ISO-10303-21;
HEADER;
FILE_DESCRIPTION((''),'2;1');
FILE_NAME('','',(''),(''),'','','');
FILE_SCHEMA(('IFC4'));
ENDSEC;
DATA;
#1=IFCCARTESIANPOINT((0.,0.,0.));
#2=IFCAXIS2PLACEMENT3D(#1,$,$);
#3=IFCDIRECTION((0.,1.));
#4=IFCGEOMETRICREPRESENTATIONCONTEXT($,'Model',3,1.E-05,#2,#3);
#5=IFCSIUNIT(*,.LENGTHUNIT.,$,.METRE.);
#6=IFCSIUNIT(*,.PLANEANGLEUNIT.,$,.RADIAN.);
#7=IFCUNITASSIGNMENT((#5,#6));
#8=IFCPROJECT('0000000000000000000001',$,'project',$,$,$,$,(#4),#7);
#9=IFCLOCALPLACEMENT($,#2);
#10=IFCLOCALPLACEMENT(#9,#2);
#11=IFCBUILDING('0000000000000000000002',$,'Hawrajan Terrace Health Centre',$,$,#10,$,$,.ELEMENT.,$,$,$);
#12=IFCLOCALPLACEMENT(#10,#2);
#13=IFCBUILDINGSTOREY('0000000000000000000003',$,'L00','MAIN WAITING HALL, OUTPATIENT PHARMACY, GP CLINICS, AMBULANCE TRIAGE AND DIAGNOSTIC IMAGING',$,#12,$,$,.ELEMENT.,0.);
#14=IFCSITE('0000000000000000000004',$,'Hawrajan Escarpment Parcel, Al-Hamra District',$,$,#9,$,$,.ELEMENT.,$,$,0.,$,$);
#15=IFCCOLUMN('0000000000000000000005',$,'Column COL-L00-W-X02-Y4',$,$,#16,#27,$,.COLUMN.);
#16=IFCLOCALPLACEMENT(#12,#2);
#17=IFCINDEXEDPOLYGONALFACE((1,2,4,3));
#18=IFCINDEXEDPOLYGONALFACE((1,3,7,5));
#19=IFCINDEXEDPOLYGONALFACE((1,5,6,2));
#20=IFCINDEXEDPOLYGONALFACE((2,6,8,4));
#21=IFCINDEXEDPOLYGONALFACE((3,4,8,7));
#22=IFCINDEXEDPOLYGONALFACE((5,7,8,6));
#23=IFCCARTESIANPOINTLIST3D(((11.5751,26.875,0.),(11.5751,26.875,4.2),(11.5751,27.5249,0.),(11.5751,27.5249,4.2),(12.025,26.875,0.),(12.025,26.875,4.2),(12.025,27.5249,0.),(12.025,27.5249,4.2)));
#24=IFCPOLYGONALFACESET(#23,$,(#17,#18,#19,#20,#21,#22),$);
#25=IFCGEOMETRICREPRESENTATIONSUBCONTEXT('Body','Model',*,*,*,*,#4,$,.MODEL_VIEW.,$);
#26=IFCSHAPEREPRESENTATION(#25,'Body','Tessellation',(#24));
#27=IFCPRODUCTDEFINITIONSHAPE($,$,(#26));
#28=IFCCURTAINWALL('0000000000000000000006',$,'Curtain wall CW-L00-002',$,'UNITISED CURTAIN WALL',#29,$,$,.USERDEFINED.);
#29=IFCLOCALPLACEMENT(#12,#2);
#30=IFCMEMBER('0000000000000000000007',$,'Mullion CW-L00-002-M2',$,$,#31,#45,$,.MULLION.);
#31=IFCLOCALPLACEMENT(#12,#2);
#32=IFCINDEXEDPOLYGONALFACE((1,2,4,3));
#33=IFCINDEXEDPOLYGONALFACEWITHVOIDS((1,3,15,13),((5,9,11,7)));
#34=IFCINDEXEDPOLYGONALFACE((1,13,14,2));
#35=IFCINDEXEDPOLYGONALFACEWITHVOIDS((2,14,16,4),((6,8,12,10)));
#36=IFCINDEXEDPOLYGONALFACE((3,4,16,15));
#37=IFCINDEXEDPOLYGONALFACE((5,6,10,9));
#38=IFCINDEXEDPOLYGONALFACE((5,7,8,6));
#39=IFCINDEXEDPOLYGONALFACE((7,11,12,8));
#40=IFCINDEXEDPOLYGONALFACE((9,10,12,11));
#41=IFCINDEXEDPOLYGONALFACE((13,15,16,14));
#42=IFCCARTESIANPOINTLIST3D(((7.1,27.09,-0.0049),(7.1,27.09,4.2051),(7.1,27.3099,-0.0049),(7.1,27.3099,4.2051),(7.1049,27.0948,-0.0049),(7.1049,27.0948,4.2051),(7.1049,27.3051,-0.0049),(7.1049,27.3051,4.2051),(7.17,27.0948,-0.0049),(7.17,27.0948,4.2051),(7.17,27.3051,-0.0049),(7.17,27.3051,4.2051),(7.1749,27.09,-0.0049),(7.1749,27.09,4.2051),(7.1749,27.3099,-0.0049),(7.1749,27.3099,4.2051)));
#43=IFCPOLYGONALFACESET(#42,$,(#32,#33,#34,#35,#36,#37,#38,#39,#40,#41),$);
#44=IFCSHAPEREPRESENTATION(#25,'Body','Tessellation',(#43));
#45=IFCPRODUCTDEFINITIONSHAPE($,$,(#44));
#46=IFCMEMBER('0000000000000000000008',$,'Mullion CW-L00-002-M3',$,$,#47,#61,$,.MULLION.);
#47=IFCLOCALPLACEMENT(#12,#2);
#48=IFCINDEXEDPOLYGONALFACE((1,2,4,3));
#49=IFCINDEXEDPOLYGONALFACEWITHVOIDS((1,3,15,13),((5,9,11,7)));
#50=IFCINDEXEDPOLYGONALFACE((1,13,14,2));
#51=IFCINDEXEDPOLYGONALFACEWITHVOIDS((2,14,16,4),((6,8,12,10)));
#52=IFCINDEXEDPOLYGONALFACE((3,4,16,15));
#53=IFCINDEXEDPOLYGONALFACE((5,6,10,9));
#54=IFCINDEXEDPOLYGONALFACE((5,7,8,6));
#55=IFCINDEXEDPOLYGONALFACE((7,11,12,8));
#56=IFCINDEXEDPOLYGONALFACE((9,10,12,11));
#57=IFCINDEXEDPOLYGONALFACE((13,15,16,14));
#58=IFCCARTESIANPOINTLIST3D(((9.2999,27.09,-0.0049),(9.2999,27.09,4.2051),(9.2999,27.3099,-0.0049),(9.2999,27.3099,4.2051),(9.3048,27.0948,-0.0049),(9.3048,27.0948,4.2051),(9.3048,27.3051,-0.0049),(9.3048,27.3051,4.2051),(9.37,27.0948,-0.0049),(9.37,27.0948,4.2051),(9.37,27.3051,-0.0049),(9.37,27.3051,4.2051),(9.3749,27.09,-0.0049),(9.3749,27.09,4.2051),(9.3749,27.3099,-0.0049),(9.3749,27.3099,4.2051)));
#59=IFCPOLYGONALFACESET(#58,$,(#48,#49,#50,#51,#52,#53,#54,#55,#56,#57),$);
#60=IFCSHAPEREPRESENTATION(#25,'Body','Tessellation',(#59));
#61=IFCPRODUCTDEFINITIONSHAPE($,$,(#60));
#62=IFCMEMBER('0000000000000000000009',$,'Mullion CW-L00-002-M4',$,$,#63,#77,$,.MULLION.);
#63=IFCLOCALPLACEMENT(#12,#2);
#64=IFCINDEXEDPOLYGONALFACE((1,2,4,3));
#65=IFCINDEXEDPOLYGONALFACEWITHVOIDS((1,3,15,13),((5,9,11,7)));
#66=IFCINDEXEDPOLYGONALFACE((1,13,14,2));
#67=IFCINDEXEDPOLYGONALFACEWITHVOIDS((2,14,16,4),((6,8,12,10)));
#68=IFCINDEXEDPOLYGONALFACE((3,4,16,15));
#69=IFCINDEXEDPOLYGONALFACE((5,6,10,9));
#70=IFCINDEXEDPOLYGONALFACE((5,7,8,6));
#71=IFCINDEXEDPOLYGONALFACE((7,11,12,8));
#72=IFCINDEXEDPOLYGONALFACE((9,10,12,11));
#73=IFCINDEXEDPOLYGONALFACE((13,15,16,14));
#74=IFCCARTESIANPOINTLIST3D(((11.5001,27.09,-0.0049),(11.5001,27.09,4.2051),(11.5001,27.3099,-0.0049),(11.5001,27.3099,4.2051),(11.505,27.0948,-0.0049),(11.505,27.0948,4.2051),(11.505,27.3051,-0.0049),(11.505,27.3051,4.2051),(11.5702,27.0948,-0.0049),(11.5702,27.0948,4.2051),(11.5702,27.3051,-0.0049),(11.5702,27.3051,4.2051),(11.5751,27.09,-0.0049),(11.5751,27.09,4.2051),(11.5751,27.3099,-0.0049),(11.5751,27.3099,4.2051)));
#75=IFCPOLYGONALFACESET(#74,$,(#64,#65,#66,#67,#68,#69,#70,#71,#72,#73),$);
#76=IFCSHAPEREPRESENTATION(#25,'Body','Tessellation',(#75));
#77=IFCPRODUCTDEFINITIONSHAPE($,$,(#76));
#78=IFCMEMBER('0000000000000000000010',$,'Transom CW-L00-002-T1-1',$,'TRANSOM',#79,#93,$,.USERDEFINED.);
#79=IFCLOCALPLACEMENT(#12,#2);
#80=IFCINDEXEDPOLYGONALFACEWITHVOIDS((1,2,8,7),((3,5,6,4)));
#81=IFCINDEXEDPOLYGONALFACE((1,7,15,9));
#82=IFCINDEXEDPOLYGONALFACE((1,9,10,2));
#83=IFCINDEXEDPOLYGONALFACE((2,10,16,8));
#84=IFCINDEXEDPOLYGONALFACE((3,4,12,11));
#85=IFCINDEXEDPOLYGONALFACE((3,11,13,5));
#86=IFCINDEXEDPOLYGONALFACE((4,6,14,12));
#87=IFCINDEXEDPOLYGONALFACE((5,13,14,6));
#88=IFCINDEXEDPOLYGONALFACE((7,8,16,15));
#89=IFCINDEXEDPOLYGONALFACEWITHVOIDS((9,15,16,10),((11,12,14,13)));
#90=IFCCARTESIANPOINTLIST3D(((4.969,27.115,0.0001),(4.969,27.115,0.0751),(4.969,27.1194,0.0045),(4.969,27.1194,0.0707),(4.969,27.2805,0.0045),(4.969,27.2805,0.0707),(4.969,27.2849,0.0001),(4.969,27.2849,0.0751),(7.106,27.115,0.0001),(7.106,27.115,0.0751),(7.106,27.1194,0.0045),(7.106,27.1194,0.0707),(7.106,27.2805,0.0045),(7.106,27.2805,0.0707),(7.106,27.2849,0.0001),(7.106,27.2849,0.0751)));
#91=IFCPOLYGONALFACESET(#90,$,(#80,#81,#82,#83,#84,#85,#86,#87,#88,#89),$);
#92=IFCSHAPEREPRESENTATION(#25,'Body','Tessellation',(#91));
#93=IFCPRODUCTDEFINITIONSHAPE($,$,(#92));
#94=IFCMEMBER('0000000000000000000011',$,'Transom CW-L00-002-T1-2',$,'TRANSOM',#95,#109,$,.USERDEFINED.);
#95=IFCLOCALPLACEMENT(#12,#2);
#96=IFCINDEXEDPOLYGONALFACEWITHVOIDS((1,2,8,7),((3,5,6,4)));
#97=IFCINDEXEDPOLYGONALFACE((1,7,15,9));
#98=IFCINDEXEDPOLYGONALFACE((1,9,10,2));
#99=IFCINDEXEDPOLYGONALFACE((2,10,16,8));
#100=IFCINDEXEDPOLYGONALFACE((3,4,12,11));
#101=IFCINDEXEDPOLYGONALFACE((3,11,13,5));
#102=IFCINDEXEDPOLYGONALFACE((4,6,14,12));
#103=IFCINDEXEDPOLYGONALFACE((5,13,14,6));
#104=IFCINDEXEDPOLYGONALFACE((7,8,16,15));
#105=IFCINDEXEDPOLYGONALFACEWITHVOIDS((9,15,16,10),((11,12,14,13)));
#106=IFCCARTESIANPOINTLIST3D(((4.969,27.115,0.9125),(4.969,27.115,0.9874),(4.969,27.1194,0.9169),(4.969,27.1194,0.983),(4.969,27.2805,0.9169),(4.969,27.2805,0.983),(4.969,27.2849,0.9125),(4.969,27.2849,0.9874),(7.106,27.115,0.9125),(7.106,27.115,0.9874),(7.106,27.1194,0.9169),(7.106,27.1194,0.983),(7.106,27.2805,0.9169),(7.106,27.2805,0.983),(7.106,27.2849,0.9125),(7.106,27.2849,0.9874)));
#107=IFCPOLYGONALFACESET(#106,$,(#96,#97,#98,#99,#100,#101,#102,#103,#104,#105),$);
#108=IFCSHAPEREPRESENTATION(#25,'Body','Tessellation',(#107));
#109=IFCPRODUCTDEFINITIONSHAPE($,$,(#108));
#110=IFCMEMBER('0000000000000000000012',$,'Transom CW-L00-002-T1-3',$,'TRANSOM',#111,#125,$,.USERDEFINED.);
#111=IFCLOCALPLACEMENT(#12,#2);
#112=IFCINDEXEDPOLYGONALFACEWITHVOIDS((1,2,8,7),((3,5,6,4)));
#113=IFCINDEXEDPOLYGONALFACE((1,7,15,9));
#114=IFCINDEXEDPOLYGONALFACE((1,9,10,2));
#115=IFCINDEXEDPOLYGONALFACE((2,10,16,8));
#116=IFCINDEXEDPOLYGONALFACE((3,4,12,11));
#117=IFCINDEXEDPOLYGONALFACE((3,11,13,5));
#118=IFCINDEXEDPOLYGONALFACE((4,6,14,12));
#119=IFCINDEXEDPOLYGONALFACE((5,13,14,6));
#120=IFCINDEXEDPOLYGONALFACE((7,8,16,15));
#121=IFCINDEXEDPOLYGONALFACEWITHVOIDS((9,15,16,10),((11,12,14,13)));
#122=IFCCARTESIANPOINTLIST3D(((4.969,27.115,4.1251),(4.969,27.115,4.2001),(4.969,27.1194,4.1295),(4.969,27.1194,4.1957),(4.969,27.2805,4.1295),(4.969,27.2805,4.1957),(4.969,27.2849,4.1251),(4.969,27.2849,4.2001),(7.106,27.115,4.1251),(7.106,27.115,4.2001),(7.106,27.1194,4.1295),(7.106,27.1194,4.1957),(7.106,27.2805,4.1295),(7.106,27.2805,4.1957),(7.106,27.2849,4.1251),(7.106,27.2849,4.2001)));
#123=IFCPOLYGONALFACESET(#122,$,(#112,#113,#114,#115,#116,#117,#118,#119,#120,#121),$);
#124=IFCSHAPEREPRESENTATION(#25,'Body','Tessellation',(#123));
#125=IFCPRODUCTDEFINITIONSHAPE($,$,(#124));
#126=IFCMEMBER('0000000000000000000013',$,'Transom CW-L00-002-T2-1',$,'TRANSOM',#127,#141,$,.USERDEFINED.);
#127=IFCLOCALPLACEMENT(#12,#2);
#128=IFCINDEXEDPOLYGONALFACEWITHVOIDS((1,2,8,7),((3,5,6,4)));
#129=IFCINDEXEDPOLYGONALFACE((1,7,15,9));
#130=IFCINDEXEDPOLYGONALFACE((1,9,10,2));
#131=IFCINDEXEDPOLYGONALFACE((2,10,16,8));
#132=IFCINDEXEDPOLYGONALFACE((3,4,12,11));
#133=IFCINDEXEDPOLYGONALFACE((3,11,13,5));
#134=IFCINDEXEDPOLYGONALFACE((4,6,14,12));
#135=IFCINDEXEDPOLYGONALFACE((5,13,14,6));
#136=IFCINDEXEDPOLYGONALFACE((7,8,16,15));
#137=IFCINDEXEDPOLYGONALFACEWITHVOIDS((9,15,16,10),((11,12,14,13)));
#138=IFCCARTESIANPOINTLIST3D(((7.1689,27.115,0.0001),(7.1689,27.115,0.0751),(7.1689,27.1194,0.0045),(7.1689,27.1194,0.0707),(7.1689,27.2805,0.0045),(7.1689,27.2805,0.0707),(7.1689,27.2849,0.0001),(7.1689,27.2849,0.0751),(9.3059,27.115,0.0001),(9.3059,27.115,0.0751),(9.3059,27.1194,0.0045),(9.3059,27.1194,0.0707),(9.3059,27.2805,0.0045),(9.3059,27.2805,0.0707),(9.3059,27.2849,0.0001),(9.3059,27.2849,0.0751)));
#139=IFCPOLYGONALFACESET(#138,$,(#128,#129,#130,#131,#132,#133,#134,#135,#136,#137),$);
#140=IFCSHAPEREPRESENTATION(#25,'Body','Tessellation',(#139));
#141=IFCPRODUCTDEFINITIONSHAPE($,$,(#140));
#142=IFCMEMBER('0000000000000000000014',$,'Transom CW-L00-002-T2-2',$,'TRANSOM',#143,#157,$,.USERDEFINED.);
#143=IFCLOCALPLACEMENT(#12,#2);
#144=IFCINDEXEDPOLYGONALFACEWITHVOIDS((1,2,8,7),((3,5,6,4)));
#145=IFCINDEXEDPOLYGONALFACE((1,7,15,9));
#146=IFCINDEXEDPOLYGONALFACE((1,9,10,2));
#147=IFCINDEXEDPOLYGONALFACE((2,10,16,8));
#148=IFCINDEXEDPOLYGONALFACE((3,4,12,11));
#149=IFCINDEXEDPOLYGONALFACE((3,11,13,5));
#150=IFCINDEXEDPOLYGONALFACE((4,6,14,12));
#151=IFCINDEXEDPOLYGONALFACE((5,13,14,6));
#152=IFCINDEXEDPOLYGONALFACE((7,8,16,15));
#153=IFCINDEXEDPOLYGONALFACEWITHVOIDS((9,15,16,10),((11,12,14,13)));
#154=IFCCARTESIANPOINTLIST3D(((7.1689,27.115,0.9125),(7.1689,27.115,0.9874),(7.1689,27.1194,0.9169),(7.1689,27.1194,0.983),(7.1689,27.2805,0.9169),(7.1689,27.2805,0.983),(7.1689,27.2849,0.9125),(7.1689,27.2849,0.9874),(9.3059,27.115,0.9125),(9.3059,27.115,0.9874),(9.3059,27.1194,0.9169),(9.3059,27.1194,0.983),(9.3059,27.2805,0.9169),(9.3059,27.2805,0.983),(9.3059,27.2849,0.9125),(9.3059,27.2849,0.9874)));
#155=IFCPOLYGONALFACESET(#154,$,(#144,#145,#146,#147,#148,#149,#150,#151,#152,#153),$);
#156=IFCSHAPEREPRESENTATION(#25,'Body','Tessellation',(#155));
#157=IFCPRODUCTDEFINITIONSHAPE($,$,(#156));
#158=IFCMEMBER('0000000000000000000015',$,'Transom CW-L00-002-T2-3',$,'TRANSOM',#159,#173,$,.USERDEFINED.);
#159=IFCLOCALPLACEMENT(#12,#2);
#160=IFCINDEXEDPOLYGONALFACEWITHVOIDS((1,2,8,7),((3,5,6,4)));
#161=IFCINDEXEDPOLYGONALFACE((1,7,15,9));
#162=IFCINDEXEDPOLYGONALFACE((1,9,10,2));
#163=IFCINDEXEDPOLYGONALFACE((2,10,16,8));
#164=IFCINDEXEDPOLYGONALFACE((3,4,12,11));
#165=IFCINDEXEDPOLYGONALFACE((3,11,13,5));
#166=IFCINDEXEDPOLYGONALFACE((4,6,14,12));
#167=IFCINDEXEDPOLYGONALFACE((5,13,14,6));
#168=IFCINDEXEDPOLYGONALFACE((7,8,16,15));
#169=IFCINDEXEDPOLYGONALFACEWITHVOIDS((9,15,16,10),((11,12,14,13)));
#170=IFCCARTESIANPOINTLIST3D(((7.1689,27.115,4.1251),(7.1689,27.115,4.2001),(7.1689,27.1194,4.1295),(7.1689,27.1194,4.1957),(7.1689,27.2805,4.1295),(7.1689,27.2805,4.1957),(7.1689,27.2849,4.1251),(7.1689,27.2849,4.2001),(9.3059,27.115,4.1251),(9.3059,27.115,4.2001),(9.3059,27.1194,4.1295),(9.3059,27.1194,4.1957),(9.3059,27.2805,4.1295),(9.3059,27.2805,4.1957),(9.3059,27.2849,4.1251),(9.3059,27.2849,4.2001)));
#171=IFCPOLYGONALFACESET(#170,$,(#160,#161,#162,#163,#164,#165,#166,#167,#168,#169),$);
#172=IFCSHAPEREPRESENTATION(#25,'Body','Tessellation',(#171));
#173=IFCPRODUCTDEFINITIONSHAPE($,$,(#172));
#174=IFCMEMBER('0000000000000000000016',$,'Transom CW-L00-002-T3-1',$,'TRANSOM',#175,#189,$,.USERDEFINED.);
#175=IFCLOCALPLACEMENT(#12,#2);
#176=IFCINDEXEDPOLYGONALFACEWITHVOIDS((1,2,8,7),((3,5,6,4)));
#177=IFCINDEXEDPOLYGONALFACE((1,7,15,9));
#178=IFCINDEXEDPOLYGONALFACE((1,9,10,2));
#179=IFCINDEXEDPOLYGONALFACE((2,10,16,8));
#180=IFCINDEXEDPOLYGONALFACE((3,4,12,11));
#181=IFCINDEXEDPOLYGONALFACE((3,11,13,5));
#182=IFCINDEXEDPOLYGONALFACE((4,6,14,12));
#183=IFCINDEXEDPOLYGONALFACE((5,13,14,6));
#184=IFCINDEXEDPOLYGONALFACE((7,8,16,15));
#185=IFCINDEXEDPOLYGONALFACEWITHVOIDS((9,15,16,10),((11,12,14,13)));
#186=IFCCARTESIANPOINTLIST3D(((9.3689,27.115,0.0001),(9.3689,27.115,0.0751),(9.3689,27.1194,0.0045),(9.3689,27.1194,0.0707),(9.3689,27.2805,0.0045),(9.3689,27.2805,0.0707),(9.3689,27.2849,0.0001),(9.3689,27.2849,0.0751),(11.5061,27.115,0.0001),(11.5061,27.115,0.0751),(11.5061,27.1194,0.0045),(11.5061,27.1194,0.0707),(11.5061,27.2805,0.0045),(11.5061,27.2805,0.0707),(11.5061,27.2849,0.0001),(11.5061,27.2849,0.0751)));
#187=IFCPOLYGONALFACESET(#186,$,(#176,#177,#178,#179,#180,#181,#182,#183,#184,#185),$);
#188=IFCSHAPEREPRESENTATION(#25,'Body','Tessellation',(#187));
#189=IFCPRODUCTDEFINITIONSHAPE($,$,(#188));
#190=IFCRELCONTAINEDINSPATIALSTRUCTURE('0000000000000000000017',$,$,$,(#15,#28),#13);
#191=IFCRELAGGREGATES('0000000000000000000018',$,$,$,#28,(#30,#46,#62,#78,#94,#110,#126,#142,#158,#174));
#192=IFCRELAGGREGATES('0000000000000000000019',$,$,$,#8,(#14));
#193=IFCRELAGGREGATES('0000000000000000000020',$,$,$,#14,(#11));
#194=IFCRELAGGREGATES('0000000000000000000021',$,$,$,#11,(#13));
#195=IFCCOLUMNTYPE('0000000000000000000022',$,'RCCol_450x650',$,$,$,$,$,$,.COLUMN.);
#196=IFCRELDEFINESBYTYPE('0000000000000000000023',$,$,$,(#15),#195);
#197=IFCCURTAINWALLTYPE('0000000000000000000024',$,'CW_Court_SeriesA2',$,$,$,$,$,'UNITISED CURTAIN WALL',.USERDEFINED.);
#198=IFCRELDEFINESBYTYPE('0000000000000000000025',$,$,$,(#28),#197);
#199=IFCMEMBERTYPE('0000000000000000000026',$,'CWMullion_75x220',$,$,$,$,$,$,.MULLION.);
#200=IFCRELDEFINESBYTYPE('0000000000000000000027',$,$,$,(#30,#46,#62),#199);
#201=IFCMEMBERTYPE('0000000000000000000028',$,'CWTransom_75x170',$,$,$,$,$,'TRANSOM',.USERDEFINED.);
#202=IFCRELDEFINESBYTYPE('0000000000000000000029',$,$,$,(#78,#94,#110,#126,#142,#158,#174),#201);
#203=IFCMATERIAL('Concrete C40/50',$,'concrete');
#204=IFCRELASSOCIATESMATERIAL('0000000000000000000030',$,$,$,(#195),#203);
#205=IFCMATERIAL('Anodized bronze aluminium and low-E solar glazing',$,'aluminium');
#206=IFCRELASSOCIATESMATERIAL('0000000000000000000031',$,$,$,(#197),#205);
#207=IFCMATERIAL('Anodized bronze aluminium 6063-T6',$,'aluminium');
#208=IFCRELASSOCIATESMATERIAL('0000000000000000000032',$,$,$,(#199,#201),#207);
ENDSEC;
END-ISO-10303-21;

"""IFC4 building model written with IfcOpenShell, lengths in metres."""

from ifc_helpers import new_model, si_unit, direction, frame, origin, origin_2d, place, context, subcontext, project, spatial, rectangle, hollow_rectangle, extrude, material, material_profile, profile_set, type_object, element, aggregate, save


model = new_model("IFC4")

# Units and contexts
model_context = context("Model", 3, precision=1e-05, world=origin(), true_north=direction((0.0, 1.0)))
body_context = subcontext(model_context, "Body", "Model", "MODEL_VIEW")
ifc_project = project(units=[si_unit("LENGTHUNIT", "METRE"), si_unit("PLANEANGLEUNIT", "RADIAN")], contexts=[model_context])

# Site, building, storey
site_placement = place(None, origin())
site = spatial("IfcSite", under=ifc_project, at=site_placement, Name="Hawrajan Escarpment Parcel, Al-Hamra District", CompositionType="ELEMENT", RefElevation=0.0)
building_placement = place(site_placement, origin())
building = spatial("IfcBuilding", under=site, at=building_placement, Name="Hawrajan Terrace Health Centre", CompositionType="ELEMENT")
storey_placement = place(building_placement, origin())
storey = spatial("IfcBuildingStorey", under=building, at=storey_placement, Name="L00", Description="MAIN WAITING HALL, OUTPATIENT PHARMACY, GP CLINICS, AMBULANCE TRIAGE AND DIAGNOSTIC IMAGING", CompositionType="ELEMENT", Elevation=0.0)

# Column
ifc_material_1 = material(Name="Concrete C40/50", Category="concrete")
ifc_material_profile_1 = material_profile(ifc_material_1, rectangle(XDim=0.45, YDim=0.6499, at=origin_2d()), Name="RC 450x650")
ifc_profile_set_1 = profile_set([ifc_material_profile_1], Name="Concrete C40/50")
column_type = type_object("IfcColumnType", Name="RCCol_450x650", PredefinedType="COLUMN", material=ifc_profile_set_1)
column_placement = place(storey_placement, frame((11.8, 27.2, 0.0), z_axis=(0.0, 0.0, 1.0), x_axis=(1.0, 0.0, 0.0)))
element("IfcColumn", 1, at=column_placement, inside=storey, type_object=column_type, Name="Column COL-L00-W-X02-Y4", PredefinedType="COLUMN", context=body_context, shape_type="SweptSolid", body=[
    extrude(rectangle(XDim=0.45, YDim=0.6499, at=origin_2d()), origin(), (0.0, 0.0, 1.0), 4.2),
])

# Curtain wall, members
ifc_material_2 = material(Name="Anodized bronze aluminium and low-E solar glazing", Category="aluminium")
curtain_wall_type = type_object("IfcCurtainWallType", Name="CW_Court_SeriesA2", ElementType="UNITISED CURTAIN WALL", PredefinedType="USERDEFINED", material=ifc_material_2)
curtain_wall_placement = place(storey_placement, origin())
curtain_wall = element("IfcCurtainWall", 2, at=curtain_wall_placement, inside=storey, type_object=curtain_wall_type, Name="Curtain wall CW-L00-002", ObjectType="UNITISED CURTAIN WALL", PredefinedType="USERDEFINED")
ifc_material_3 = material(Name="Anodized bronze aluminium 6063-T6", Category="aluminium")
ifc_material_profile_2 = material_profile(ifc_material_3, hollow_rectangle(XDim=0.075, YDim=0.22, WallThickness=0.0049, at=origin_2d()), Name="CW MUL 75x220")
ifc_profile_set_2 = profile_set([ifc_material_profile_2], Name="Anodized bronze aluminium 6063-T6")
member_type_1 = type_object("IfcMemberType", Name="CWMullion_75x220", PredefinedType="MULLION", material=ifc_profile_set_2)
member_1_placement = place(storey_placement, frame((7.1375, 27.2, -0.0049), z_axis=(0.0, 0.0, 1.0), x_axis=(1.0, 0.0, 0.0)))
member_1 = element("IfcMember", 3, at=member_1_placement, type_object=member_type_1, Name="Mullion CW-L00-002-M2", PredefinedType="MULLION", context=body_context, shape_type="SweptSolid", body=[
    extrude(hollow_rectangle(XDim=0.075, YDim=0.22, WallThickness=0.0049, at=origin_2d()), origin(), (0.0, 0.0, 1.0), 4.21),
])
member_2_placement = place(storey_placement, frame((9.3374, 27.2, -0.0049), z_axis=(0.0, 0.0, 1.0), x_axis=(1.0, 0.0, 0.0)))
member_2 = element("IfcMember", 4, at=member_2_placement, type_object=member_type_1, Name="Mullion CW-L00-002-M3", PredefinedType="MULLION", context=body_context, shape_type="SweptSolid", body=[
    extrude(hollow_rectangle(XDim=0.075, YDim=0.22, WallThickness=0.0049, at=origin_2d()), origin(), (0.0, 0.0, 1.0), 4.21),
])
member_3_placement = place(storey_placement, frame((11.5376, 27.2, -0.0049), z_axis=(0.0, 0.0, 1.0), x_axis=(1.0, 0.0, 0.0)))
member_3 = element("IfcMember", 5, at=member_3_placement, type_object=member_type_1, Name="Mullion CW-L00-002-M4", PredefinedType="MULLION", context=body_context, shape_type="SweptSolid", body=[
    extrude(hollow_rectangle(XDim=0.075, YDim=0.22, WallThickness=0.0049, at=origin_2d()), origin(), (0.0, 0.0, 1.0), 4.21),
])
ifc_material_profile_3 = material_profile(ifc_material_3, hollow_rectangle(XDim=0.075, YDim=0.1699, WallThickness=0.0044, at=origin_2d()), Name="CW TRN 75x170")
ifc_profile_set_3 = profile_set([ifc_material_profile_3], Name="Anodized bronze aluminium 6063-T6")
member_type_2 = type_object("IfcMemberType", Name="CWTransom_75x170", ElementType="TRANSOM", PredefinedType="USERDEFINED", material=ifc_profile_set_3)
member_4_placement = place(storey_placement, frame((4.969, 27.2, 0.0376), z_axis=(1.0, 0.0, 0.0), x_axis=(0.0, 0.0, 1.0)))
member_4 = element("IfcMember", 6, at=member_4_placement, type_object=member_type_2, Name="Transom CW-L00-002-T1-1", ObjectType="TRANSOM", PredefinedType="USERDEFINED", context=body_context, shape_type="SweptSolid", body=[
    extrude(hollow_rectangle(XDim=0.075, YDim=0.1699, WallThickness=0.0044, at=origin_2d()), origin(), (0.0, 0.0, 1.0), 2.137),
])
member_5_placement = place(storey_placement, frame((4.969, 27.2, 0.95), z_axis=(1.0, 0.0, 0.0), x_axis=(0.0, 0.0, 1.0)))
member_5 = element("IfcMember", 7, at=member_5_placement, type_object=member_type_2, Name="Transom CW-L00-002-T1-2", ObjectType="TRANSOM", PredefinedType="USERDEFINED", context=body_context, shape_type="SweptSolid", body=[
    extrude(hollow_rectangle(XDim=0.075, YDim=0.1699, WallThickness=0.0044, at=origin_2d()), origin(), (0.0, 0.0, 1.0), 2.137),
])
member_6_placement = place(storey_placement, frame((4.969, 27.2, 4.1626), z_axis=(1.0, 0.0, 0.0), x_axis=(0.0, 0.0, 1.0)))
member_6 = element("IfcMember", 8, at=member_6_placement, type_object=member_type_2, Name="Transom CW-L00-002-T1-3", ObjectType="TRANSOM", PredefinedType="USERDEFINED", context=body_context, shape_type="SweptSolid", body=[
    extrude(hollow_rectangle(XDim=0.075, YDim=0.1699, WallThickness=0.0044, at=origin_2d()), origin(), (0.0, 0.0, 1.0), 2.137),
])
member_7_placement = place(storey_placement, frame((7.1689, 27.2, 0.0376), z_axis=(1.0, 0.0, 0.0), x_axis=(0.0, 0.0, 1.0)))
member_7 = element("IfcMember", 9, at=member_7_placement, type_object=member_type_2, Name="Transom CW-L00-002-T2-1", ObjectType="TRANSOM", PredefinedType="USERDEFINED", context=body_context, shape_type="SweptSolid", body=[
    extrude(hollow_rectangle(XDim=0.075, YDim=0.1699, WallThickness=0.0044, at=origin_2d()), origin(), (0.0, 0.0, 1.0), 2.137),
])
member_8_placement = place(storey_placement, frame((7.1689, 27.2, 0.95), z_axis=(1.0, 0.0, 0.0), x_axis=(0.0, 0.0, 1.0)))
member_8 = element("IfcMember", 10, at=member_8_placement, type_object=member_type_2, Name="Transom CW-L00-002-T2-2", ObjectType="TRANSOM", PredefinedType="USERDEFINED", context=body_context, shape_type="SweptSolid", body=[
    extrude(hollow_rectangle(XDim=0.075, YDim=0.1699, WallThickness=0.0044, at=origin_2d()), origin(), (0.0, 0.0, 1.0), 2.137),
])
member_9_placement = place(storey_placement, frame((7.1689, 27.2, 4.1626), z_axis=(1.0, 0.0, 0.0), x_axis=(0.0, 0.0, 1.0)))
member_9 = element("IfcMember", 11, at=member_9_placement, type_object=member_type_2, Name="Transom CW-L00-002-T2-3", ObjectType="TRANSOM", PredefinedType="USERDEFINED", context=body_context, shape_type="SweptSolid", body=[
    extrude(hollow_rectangle(XDim=0.075, YDim=0.1699, WallThickness=0.0044, at=origin_2d()), origin(), (0.0, 0.0, 1.0), 2.137),
])
member_10_placement = place(storey_placement, frame((9.3689, 27.2, 0.0376), z_axis=(1.0, 0.0, 0.0), x_axis=(0.0, 0.0, 1.0)))
member_10 = element("IfcMember", 12, at=member_10_placement, type_object=member_type_2, Name="Transom CW-L00-002-T3-1", ObjectType="TRANSOM", PredefinedType="USERDEFINED", context=body_context, shape_type="SweptSolid", body=[
    extrude(hollow_rectangle(XDim=0.075, YDim=0.1699, WallThickness=0.0044, at=origin_2d()), origin(), (0.0, 0.0, 1.0), 2.1372),
])

aggregate(curtain_wall, [member_1, member_2, member_3, member_4, member_5, member_6, member_7, member_8, member_9, member_10])

save(model, "model.ifc")
